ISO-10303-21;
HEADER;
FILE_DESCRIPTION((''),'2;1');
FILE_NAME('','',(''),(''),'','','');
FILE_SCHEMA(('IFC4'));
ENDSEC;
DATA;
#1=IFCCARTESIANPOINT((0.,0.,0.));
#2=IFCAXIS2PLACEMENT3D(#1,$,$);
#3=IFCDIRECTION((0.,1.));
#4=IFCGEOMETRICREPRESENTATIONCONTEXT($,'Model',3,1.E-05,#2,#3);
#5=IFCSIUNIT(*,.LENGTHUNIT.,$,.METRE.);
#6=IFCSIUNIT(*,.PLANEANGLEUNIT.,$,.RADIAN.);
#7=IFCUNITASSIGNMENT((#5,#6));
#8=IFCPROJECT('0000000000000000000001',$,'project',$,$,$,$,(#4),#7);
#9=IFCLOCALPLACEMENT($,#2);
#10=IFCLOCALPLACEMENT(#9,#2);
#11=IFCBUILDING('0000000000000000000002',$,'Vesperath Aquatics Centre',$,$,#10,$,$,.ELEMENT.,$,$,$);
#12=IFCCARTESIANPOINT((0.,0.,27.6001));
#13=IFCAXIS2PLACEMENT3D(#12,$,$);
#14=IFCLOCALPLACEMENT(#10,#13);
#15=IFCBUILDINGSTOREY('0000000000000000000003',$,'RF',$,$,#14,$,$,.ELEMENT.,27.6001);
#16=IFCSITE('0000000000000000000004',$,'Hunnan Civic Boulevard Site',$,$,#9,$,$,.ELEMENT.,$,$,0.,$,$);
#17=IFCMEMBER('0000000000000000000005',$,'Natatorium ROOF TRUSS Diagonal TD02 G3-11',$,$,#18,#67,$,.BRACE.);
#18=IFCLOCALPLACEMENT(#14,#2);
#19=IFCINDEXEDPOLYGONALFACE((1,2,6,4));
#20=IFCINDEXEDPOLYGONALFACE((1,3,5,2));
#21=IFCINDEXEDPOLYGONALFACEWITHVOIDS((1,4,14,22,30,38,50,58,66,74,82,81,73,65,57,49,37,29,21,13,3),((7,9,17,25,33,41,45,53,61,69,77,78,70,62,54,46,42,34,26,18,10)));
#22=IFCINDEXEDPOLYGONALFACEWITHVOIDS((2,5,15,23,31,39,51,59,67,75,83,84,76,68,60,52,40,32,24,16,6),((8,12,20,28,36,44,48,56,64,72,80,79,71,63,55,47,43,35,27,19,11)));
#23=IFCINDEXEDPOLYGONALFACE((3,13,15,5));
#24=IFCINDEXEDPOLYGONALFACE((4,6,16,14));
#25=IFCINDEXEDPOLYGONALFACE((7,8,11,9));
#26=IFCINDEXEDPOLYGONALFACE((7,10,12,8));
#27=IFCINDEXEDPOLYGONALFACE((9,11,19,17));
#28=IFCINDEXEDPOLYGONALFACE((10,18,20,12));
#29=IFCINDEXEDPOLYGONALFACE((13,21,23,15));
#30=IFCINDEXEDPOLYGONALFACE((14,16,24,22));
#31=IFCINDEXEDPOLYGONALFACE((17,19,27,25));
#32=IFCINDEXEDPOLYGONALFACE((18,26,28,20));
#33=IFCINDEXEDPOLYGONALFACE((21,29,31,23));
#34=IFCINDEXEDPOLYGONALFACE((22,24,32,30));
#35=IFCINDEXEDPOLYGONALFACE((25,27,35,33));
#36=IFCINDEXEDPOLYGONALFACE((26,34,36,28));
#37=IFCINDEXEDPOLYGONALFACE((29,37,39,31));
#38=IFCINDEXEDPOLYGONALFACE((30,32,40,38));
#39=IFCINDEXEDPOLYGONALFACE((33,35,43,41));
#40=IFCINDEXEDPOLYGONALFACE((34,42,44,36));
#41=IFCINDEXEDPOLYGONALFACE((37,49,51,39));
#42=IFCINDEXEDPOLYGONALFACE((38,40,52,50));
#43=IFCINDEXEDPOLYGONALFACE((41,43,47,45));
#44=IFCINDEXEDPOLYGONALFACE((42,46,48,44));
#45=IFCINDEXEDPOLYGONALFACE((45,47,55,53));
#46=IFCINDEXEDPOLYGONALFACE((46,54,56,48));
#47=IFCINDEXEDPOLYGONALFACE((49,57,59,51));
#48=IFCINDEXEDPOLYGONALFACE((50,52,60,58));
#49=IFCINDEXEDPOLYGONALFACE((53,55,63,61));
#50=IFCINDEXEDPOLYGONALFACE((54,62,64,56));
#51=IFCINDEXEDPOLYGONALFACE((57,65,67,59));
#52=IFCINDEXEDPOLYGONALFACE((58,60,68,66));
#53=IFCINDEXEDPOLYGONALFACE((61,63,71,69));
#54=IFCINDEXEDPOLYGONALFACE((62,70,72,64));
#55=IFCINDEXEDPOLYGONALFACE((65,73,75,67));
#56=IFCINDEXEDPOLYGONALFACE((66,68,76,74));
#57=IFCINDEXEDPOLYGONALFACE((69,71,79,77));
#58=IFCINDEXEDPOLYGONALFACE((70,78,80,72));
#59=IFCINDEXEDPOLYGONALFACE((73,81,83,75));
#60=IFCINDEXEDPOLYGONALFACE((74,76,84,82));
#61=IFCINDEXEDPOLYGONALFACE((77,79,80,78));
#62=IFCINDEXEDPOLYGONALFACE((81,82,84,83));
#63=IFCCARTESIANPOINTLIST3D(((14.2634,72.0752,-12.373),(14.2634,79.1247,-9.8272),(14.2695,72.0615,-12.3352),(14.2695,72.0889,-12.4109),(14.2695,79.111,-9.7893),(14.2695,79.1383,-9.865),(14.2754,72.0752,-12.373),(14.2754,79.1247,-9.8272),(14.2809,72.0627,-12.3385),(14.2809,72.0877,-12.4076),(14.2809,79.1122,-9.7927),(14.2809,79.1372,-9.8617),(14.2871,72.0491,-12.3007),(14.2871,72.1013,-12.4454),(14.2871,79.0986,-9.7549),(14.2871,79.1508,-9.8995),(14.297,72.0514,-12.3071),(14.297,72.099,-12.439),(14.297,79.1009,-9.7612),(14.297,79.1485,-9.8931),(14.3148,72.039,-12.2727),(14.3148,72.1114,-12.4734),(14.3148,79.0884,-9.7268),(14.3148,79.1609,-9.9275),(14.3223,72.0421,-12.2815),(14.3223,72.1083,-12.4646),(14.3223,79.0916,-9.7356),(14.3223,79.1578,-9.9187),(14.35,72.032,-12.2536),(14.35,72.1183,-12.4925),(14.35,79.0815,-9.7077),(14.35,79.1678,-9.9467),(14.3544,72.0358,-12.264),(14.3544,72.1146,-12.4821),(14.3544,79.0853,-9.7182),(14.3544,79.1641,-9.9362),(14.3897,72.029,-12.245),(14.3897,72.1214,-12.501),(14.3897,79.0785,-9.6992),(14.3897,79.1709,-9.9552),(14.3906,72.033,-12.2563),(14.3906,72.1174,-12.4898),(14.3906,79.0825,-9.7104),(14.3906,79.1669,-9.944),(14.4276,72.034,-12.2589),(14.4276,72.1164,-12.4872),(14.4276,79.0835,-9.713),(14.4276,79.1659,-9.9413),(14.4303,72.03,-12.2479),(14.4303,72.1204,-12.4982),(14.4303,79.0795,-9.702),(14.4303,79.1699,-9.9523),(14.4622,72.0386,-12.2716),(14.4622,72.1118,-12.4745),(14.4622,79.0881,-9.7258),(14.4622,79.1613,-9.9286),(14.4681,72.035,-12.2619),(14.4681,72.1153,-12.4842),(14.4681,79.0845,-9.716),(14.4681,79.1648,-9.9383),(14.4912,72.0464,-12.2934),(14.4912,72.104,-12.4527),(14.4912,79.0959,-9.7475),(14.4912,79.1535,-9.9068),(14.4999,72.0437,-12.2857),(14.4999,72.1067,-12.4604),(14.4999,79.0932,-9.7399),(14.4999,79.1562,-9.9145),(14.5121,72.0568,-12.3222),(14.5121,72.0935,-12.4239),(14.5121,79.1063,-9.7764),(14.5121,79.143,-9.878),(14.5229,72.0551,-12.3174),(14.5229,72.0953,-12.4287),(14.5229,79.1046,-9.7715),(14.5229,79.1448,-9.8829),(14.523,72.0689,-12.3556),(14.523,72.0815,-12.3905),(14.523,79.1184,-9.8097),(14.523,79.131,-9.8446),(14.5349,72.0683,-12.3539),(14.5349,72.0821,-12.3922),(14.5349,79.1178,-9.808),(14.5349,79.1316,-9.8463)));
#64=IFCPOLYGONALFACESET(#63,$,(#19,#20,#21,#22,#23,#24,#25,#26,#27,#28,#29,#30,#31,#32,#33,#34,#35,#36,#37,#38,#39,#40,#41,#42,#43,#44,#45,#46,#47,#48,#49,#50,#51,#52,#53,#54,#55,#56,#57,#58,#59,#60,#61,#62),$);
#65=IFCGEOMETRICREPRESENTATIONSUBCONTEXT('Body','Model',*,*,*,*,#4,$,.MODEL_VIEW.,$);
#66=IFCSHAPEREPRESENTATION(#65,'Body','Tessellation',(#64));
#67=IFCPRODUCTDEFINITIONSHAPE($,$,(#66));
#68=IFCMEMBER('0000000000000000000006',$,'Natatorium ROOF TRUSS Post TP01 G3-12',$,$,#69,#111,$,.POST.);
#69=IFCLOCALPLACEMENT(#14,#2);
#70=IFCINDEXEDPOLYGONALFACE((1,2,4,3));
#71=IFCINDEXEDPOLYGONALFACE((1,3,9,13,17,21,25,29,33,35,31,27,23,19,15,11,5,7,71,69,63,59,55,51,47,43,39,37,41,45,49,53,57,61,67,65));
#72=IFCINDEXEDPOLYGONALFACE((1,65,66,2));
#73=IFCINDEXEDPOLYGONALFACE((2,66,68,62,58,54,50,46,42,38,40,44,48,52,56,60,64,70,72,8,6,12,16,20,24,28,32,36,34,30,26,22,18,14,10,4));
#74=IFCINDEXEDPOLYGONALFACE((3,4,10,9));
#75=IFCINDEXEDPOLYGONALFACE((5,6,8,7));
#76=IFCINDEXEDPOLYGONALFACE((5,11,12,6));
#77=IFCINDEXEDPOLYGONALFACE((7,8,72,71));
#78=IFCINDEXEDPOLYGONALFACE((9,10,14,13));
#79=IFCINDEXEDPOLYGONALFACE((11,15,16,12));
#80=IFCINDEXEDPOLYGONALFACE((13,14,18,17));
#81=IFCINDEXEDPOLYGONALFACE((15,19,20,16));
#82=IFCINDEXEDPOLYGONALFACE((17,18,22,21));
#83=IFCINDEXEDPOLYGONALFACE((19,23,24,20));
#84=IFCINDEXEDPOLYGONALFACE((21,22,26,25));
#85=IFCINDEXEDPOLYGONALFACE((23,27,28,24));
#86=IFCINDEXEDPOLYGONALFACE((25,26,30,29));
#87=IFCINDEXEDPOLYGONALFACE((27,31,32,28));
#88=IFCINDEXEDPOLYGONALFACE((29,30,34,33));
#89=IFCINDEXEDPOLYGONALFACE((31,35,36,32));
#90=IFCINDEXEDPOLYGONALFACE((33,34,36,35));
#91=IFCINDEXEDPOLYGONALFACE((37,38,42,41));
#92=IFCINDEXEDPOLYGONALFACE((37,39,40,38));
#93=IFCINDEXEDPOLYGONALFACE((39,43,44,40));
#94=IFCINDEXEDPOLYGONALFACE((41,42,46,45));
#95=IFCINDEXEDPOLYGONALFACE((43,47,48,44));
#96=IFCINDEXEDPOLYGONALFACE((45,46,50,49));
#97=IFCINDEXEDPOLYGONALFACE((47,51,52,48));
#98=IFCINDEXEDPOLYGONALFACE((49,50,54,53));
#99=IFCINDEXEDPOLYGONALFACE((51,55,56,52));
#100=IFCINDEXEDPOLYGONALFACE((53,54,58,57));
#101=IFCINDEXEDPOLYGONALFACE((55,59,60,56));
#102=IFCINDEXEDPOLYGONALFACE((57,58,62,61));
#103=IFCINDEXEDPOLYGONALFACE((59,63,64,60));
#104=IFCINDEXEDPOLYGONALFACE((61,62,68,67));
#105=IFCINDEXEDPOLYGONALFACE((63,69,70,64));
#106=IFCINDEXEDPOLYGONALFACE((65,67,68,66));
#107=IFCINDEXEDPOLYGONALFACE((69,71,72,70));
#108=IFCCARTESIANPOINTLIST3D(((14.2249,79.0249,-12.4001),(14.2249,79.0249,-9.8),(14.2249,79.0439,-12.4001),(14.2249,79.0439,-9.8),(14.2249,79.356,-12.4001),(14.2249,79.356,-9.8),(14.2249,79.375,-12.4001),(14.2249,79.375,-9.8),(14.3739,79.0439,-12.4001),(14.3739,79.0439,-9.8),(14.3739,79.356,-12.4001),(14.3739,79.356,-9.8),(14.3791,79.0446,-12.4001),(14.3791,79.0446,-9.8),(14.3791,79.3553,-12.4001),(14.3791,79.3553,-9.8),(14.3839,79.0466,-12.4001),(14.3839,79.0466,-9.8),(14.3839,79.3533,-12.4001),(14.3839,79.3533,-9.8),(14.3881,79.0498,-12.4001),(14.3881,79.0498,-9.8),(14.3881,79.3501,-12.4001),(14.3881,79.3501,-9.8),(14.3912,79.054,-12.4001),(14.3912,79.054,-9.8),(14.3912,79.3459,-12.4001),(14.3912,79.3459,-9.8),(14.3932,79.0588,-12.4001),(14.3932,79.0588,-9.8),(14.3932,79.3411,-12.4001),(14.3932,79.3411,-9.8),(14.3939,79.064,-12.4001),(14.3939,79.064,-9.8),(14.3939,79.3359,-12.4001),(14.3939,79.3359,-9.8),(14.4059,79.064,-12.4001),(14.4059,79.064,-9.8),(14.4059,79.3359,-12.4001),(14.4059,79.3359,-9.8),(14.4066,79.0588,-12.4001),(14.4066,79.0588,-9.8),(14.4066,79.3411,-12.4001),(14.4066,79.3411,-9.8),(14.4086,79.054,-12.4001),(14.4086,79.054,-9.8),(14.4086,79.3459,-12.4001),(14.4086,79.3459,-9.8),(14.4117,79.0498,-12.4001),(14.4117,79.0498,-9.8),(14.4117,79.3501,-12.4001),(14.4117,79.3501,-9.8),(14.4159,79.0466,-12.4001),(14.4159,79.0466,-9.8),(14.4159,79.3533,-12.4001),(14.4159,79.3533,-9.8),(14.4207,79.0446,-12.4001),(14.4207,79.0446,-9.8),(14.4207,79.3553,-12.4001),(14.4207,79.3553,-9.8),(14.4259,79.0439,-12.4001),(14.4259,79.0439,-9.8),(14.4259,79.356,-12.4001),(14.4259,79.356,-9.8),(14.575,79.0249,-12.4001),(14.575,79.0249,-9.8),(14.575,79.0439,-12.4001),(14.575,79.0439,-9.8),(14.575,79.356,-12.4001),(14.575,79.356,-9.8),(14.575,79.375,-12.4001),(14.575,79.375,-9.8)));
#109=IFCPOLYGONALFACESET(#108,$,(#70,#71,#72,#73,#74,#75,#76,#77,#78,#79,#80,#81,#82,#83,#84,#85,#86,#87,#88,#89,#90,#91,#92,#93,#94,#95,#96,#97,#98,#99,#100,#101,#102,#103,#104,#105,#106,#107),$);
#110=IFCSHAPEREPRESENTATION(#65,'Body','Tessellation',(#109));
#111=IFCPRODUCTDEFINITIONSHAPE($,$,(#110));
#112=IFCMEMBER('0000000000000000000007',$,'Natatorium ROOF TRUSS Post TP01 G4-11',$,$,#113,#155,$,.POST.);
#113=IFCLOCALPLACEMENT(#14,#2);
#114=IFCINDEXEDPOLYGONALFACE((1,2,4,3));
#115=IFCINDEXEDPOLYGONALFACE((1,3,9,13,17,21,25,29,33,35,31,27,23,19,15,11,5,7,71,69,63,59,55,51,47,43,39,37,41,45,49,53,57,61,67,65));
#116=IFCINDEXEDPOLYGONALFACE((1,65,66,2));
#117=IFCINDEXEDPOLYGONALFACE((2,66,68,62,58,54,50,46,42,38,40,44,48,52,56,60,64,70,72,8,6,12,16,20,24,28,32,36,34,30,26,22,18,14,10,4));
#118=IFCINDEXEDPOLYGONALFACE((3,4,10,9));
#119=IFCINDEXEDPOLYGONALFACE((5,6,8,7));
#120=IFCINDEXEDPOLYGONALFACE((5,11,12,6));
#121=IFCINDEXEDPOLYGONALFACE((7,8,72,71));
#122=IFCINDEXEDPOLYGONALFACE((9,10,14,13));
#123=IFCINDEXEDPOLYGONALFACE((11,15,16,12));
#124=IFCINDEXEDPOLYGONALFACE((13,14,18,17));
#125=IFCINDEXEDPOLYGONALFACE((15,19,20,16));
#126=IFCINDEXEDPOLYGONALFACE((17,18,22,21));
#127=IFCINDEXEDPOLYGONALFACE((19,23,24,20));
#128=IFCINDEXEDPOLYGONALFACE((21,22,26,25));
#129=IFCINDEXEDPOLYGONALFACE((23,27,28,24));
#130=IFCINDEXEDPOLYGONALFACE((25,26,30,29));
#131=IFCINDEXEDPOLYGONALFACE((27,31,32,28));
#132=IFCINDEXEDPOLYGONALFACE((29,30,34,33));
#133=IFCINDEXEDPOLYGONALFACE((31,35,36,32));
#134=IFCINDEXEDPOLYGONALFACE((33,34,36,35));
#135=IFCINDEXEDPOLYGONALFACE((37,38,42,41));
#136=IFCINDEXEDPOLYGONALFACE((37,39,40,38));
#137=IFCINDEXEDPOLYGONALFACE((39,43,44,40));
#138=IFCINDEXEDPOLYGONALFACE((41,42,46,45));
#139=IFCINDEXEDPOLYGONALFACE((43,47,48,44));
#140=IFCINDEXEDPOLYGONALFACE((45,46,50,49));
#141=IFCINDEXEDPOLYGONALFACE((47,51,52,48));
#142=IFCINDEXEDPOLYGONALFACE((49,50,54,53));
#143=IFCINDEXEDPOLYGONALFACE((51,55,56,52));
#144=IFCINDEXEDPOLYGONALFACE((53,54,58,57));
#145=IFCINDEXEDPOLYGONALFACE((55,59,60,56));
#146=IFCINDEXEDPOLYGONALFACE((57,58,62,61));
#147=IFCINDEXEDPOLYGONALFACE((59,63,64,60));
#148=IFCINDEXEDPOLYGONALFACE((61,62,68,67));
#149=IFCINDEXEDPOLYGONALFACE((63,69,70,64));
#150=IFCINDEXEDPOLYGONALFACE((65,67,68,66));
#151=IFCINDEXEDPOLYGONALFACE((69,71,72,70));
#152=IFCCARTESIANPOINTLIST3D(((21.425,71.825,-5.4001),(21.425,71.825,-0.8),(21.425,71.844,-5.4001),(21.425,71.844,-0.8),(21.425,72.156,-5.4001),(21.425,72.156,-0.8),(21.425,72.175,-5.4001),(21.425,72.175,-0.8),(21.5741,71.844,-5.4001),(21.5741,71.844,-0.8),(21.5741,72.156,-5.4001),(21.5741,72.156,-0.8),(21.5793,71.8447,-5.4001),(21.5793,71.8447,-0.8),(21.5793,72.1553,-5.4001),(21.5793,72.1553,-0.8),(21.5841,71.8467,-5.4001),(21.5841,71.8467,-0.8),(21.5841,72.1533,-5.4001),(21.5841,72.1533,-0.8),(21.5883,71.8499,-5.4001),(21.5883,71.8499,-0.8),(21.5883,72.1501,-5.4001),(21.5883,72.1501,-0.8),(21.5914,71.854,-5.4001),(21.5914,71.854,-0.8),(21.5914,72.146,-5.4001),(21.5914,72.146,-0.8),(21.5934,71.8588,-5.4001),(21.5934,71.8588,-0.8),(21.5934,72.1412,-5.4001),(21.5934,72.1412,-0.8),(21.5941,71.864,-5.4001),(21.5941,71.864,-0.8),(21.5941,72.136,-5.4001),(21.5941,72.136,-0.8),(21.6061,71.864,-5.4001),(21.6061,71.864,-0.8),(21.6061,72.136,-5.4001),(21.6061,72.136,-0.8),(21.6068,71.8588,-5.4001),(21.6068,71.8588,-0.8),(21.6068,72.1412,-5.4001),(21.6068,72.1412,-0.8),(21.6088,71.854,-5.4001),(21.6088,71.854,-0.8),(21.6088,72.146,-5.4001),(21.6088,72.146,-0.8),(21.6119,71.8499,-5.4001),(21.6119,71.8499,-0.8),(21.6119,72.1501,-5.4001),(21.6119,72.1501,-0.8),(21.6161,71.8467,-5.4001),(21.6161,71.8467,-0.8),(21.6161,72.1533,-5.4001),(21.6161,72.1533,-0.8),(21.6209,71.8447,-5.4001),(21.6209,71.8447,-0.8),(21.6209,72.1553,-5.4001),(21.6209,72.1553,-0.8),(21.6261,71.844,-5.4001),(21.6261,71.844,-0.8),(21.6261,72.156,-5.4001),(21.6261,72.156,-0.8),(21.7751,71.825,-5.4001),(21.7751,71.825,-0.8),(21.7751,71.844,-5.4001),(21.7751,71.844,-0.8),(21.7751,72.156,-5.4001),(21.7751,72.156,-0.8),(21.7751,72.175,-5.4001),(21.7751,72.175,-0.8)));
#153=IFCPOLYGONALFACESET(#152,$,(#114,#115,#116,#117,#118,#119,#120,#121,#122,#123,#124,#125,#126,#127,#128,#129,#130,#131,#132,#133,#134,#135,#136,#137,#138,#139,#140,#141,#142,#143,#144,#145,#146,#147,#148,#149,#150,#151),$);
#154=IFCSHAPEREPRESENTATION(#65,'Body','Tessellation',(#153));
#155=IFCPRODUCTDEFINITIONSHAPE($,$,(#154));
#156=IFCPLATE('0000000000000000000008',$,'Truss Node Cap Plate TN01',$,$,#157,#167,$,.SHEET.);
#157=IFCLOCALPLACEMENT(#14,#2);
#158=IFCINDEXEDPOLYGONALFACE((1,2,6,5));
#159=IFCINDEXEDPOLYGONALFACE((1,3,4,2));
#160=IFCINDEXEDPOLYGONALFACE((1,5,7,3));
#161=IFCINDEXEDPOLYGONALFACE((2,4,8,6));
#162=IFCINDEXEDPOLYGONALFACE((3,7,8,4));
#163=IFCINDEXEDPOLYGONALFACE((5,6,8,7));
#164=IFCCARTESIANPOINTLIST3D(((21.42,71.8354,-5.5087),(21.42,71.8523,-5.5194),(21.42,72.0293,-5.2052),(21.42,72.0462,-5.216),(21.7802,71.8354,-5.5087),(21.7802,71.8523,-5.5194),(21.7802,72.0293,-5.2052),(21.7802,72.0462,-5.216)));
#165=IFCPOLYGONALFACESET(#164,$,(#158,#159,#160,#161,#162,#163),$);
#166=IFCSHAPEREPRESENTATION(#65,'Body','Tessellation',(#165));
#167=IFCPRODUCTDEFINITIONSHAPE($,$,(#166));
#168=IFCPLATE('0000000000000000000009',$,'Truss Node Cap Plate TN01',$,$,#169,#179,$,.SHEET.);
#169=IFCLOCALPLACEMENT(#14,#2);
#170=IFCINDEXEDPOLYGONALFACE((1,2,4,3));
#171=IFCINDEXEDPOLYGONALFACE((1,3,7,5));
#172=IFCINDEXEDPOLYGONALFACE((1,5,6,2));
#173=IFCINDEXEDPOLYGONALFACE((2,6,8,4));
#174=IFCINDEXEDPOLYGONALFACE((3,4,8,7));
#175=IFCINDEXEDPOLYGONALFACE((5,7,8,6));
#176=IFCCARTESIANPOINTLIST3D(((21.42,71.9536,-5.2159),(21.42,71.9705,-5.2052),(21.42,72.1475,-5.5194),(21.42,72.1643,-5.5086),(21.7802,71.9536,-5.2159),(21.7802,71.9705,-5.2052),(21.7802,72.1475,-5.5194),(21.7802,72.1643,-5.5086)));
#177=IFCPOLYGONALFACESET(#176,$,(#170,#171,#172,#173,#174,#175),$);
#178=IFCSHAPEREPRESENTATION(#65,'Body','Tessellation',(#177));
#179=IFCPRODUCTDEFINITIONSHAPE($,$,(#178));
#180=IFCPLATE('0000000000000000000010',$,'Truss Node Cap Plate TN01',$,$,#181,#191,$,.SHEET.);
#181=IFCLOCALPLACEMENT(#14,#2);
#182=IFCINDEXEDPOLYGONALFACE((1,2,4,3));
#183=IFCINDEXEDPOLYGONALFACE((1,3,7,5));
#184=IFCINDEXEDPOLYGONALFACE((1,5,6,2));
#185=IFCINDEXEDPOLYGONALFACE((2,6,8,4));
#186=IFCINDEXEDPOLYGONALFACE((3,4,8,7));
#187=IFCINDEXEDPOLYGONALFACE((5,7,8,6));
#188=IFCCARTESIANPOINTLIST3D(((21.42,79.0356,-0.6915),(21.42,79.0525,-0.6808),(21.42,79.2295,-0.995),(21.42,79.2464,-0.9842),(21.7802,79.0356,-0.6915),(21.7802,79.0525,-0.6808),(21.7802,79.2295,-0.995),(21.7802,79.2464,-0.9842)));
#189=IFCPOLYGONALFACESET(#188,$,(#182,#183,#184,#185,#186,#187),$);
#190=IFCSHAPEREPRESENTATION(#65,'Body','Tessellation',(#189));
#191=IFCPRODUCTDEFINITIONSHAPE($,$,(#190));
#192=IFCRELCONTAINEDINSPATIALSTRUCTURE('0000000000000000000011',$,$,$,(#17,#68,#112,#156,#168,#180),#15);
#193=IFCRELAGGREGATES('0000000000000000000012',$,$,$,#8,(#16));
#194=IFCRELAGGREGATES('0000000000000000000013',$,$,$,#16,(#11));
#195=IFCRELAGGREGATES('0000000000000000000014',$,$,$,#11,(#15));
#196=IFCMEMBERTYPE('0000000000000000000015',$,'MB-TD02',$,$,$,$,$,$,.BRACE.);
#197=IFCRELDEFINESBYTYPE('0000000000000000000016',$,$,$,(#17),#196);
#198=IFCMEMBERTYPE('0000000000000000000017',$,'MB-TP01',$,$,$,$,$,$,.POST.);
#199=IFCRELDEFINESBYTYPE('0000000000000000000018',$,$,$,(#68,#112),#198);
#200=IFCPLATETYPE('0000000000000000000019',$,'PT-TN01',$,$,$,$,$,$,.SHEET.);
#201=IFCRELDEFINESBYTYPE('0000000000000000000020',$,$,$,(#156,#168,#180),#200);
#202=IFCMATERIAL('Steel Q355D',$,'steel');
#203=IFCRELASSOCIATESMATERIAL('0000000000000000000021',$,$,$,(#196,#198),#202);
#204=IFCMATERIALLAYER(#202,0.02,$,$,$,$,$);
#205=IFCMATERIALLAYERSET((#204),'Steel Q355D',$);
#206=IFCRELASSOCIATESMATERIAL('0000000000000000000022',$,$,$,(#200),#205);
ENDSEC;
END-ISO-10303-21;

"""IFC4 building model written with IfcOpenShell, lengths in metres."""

from ifc_helpers import new_model, si_unit, direction, frame, origin, origin_2d, place, context, subcontext, project, spatial, rectangle, hollow_circle, i_section, extrude, material, layer, layer_set, material_profile, profile_set, type_object, element, save


model = new_model("IFC4")

# Units and contexts
model_context = context("Model", 3, precision=1e-05, world=origin(), true_north=direction((0.0, 1.0)))
body_context = subcontext(model_context, "Body", "Model", "MODEL_VIEW")
ifc_project = project(units=[si_unit("LENGTHUNIT", "METRE"), si_unit("PLANEANGLEUNIT", "RADIAN")], contexts=[model_context])

# Site, building, storey
site_placement = place(None, origin())
site = spatial("IfcSite", under=ifc_project, at=site_placement, Name="Hunnan Civic Boulevard Site", CompositionType="ELEMENT", RefElevation=0.0)
building_placement = place(site_placement, origin())
building = spatial("IfcBuilding", under=site, at=building_placement, Name="Vesperath Aquatics Centre", CompositionType="ELEMENT")
storey_placement = place(building_placement, frame((0.0, 0.0, 27.6001)))
storey = spatial("IfcBuildingStorey", under=building, at=storey_placement, Name="RF", CompositionType="ELEMENT", Elevation=27.6001)

# Members
ifc_material_1 = material(Name="Steel Q355D", Category="steel")
ifc_material_profile_1 = material_profile(ifc_material_1, hollow_circle(Radius=0.1365, WallThickness=0.012, at=origin_2d()), Name="CHS 273.0x12")
ifc_profile_set_1 = profile_set([ifc_material_profile_1], Name="Steel Q355D")
member_type_1 = type_object("IfcMemberType", Name="MB-TD02", PredefinedType="BRACE", material=ifc_profile_set_1)
member_1_placement = place(storey_placement, frame((14.3999, 72.0752, -12.373), z_axis=(0.0, 0.940544, 0.339671), x_axis=(-1.0, 0.0, 0.0)))
element("IfcMember", 1, at=member_1_placement, inside=storey, type_object=member_type_1, Name="Natatorium ROOF TRUSS Diagonal TD02 G3-11", PredefinedType="BRACE", context=body_context, shape_type="SweptSolid", body=[
    extrude(hollow_circle(Radius=0.1365, WallThickness=0.012, at=origin_2d()), origin(), (0.0, 0.0, 1.0), 7.4951),
])
ifc_material_profile_2 = material_profile(ifc_material_1, i_section(OverallWidth=0.3501, OverallDepth=0.3501, WebThickness=0.012, FlangeThickness=0.019, FilletRadius=0.02, at=origin_2d()), Name="HW 350x350x12x19")
ifc_profile_set_2 = profile_set([ifc_material_profile_2], Name="Steel Q355D")
member_type_2 = type_object("IfcMemberType", Name="MB-TP01", PredefinedType="POST", material=ifc_profile_set_2)
member_2_placement = place(storey_placement, frame((14.3999, 79.2, -12.4001), z_axis=(0.0, 0.0, 1.0), x_axis=(1.0, 0.0, 0.0)))
element("IfcMember", 2, at=member_2_placement, inside=storey, type_object=member_type_2, Name="Natatorium ROOF TRUSS Post TP01 G3-12", PredefinedType="POST", context=body_context, shape_type="SweptSolid", body=[
    extrude(i_section(OverallWidth=0.3501, OverallDepth=0.3501, WebThickness=0.012, FlangeThickness=0.019, FilletRadius=0.02, at=origin_2d()), origin(), (0.0, 0.0, 1.0), 2.6001),
])
member_3_placement = place(storey_placement, frame((21.6001, 72.0, -5.4001), z_axis=(0.0, 0.0, 1.0), x_axis=(1.0, 0.0, 0.0)))
element("IfcMember", 3, at=member_3_placement, inside=storey, type_object=member_type_2, Name="Natatorium ROOF TRUSS Post TP01 G4-11", PredefinedType="POST", context=body_context, shape_type="SweptSolid", body=[
    extrude(i_section(OverallWidth=0.3501, OverallDepth=0.3501, WebThickness=0.012, FlangeThickness=0.019, FilletRadius=0.02, at=origin_2d()), origin(), (0.0, 0.0, 1.0), 4.6001),
])

# Plates
ifc_layer_1 = layer(ifc_material_1, 0.02)
ifc_layer_set_1 = layer_set([ifc_layer_1], Name="Steel Q355D")
plate_type_1 = type_object("IfcPlateType", Name="PT-TN01", PredefinedType="SHEET", material=ifc_layer_set_1)
for number, where, z_axis, x_axis, name in (
    (4, (21.6001, 71.9324, -5.3569), (0.0, 0.842696, -0.538389), (-1.0, 0.0, 0.0), "Truss Node Cap Plate TN01"),
    (5, (21.6001, 72.0505, -5.3677), (0.0, 0.842696, 0.538389), (-1.0, 0.0, 0.0), "Truss Node Cap Plate TN01"),
    (6, (21.6001, 79.1326, -0.8433), (0.0, 0.842696, 0.538389), (-1.0, 0.0, 0.0), "Truss Node Cap Plate TN01"),
):
    element("IfcPlate", number, at=place(storey_placement, frame(where, z_axis=z_axis, x_axis=x_axis)), inside=storey, type_object=plate_type_1, Name=name, PredefinedType="SHEET", context=body_context, shape_type="SweptSolid", body=[
        extrude(rectangle(XDim=0.3601, YDim=0.3601, at=origin_2d()), origin(), (0.0, 0.0, 1.0), 0.02),
    ])

save(model, "model.ifc")
